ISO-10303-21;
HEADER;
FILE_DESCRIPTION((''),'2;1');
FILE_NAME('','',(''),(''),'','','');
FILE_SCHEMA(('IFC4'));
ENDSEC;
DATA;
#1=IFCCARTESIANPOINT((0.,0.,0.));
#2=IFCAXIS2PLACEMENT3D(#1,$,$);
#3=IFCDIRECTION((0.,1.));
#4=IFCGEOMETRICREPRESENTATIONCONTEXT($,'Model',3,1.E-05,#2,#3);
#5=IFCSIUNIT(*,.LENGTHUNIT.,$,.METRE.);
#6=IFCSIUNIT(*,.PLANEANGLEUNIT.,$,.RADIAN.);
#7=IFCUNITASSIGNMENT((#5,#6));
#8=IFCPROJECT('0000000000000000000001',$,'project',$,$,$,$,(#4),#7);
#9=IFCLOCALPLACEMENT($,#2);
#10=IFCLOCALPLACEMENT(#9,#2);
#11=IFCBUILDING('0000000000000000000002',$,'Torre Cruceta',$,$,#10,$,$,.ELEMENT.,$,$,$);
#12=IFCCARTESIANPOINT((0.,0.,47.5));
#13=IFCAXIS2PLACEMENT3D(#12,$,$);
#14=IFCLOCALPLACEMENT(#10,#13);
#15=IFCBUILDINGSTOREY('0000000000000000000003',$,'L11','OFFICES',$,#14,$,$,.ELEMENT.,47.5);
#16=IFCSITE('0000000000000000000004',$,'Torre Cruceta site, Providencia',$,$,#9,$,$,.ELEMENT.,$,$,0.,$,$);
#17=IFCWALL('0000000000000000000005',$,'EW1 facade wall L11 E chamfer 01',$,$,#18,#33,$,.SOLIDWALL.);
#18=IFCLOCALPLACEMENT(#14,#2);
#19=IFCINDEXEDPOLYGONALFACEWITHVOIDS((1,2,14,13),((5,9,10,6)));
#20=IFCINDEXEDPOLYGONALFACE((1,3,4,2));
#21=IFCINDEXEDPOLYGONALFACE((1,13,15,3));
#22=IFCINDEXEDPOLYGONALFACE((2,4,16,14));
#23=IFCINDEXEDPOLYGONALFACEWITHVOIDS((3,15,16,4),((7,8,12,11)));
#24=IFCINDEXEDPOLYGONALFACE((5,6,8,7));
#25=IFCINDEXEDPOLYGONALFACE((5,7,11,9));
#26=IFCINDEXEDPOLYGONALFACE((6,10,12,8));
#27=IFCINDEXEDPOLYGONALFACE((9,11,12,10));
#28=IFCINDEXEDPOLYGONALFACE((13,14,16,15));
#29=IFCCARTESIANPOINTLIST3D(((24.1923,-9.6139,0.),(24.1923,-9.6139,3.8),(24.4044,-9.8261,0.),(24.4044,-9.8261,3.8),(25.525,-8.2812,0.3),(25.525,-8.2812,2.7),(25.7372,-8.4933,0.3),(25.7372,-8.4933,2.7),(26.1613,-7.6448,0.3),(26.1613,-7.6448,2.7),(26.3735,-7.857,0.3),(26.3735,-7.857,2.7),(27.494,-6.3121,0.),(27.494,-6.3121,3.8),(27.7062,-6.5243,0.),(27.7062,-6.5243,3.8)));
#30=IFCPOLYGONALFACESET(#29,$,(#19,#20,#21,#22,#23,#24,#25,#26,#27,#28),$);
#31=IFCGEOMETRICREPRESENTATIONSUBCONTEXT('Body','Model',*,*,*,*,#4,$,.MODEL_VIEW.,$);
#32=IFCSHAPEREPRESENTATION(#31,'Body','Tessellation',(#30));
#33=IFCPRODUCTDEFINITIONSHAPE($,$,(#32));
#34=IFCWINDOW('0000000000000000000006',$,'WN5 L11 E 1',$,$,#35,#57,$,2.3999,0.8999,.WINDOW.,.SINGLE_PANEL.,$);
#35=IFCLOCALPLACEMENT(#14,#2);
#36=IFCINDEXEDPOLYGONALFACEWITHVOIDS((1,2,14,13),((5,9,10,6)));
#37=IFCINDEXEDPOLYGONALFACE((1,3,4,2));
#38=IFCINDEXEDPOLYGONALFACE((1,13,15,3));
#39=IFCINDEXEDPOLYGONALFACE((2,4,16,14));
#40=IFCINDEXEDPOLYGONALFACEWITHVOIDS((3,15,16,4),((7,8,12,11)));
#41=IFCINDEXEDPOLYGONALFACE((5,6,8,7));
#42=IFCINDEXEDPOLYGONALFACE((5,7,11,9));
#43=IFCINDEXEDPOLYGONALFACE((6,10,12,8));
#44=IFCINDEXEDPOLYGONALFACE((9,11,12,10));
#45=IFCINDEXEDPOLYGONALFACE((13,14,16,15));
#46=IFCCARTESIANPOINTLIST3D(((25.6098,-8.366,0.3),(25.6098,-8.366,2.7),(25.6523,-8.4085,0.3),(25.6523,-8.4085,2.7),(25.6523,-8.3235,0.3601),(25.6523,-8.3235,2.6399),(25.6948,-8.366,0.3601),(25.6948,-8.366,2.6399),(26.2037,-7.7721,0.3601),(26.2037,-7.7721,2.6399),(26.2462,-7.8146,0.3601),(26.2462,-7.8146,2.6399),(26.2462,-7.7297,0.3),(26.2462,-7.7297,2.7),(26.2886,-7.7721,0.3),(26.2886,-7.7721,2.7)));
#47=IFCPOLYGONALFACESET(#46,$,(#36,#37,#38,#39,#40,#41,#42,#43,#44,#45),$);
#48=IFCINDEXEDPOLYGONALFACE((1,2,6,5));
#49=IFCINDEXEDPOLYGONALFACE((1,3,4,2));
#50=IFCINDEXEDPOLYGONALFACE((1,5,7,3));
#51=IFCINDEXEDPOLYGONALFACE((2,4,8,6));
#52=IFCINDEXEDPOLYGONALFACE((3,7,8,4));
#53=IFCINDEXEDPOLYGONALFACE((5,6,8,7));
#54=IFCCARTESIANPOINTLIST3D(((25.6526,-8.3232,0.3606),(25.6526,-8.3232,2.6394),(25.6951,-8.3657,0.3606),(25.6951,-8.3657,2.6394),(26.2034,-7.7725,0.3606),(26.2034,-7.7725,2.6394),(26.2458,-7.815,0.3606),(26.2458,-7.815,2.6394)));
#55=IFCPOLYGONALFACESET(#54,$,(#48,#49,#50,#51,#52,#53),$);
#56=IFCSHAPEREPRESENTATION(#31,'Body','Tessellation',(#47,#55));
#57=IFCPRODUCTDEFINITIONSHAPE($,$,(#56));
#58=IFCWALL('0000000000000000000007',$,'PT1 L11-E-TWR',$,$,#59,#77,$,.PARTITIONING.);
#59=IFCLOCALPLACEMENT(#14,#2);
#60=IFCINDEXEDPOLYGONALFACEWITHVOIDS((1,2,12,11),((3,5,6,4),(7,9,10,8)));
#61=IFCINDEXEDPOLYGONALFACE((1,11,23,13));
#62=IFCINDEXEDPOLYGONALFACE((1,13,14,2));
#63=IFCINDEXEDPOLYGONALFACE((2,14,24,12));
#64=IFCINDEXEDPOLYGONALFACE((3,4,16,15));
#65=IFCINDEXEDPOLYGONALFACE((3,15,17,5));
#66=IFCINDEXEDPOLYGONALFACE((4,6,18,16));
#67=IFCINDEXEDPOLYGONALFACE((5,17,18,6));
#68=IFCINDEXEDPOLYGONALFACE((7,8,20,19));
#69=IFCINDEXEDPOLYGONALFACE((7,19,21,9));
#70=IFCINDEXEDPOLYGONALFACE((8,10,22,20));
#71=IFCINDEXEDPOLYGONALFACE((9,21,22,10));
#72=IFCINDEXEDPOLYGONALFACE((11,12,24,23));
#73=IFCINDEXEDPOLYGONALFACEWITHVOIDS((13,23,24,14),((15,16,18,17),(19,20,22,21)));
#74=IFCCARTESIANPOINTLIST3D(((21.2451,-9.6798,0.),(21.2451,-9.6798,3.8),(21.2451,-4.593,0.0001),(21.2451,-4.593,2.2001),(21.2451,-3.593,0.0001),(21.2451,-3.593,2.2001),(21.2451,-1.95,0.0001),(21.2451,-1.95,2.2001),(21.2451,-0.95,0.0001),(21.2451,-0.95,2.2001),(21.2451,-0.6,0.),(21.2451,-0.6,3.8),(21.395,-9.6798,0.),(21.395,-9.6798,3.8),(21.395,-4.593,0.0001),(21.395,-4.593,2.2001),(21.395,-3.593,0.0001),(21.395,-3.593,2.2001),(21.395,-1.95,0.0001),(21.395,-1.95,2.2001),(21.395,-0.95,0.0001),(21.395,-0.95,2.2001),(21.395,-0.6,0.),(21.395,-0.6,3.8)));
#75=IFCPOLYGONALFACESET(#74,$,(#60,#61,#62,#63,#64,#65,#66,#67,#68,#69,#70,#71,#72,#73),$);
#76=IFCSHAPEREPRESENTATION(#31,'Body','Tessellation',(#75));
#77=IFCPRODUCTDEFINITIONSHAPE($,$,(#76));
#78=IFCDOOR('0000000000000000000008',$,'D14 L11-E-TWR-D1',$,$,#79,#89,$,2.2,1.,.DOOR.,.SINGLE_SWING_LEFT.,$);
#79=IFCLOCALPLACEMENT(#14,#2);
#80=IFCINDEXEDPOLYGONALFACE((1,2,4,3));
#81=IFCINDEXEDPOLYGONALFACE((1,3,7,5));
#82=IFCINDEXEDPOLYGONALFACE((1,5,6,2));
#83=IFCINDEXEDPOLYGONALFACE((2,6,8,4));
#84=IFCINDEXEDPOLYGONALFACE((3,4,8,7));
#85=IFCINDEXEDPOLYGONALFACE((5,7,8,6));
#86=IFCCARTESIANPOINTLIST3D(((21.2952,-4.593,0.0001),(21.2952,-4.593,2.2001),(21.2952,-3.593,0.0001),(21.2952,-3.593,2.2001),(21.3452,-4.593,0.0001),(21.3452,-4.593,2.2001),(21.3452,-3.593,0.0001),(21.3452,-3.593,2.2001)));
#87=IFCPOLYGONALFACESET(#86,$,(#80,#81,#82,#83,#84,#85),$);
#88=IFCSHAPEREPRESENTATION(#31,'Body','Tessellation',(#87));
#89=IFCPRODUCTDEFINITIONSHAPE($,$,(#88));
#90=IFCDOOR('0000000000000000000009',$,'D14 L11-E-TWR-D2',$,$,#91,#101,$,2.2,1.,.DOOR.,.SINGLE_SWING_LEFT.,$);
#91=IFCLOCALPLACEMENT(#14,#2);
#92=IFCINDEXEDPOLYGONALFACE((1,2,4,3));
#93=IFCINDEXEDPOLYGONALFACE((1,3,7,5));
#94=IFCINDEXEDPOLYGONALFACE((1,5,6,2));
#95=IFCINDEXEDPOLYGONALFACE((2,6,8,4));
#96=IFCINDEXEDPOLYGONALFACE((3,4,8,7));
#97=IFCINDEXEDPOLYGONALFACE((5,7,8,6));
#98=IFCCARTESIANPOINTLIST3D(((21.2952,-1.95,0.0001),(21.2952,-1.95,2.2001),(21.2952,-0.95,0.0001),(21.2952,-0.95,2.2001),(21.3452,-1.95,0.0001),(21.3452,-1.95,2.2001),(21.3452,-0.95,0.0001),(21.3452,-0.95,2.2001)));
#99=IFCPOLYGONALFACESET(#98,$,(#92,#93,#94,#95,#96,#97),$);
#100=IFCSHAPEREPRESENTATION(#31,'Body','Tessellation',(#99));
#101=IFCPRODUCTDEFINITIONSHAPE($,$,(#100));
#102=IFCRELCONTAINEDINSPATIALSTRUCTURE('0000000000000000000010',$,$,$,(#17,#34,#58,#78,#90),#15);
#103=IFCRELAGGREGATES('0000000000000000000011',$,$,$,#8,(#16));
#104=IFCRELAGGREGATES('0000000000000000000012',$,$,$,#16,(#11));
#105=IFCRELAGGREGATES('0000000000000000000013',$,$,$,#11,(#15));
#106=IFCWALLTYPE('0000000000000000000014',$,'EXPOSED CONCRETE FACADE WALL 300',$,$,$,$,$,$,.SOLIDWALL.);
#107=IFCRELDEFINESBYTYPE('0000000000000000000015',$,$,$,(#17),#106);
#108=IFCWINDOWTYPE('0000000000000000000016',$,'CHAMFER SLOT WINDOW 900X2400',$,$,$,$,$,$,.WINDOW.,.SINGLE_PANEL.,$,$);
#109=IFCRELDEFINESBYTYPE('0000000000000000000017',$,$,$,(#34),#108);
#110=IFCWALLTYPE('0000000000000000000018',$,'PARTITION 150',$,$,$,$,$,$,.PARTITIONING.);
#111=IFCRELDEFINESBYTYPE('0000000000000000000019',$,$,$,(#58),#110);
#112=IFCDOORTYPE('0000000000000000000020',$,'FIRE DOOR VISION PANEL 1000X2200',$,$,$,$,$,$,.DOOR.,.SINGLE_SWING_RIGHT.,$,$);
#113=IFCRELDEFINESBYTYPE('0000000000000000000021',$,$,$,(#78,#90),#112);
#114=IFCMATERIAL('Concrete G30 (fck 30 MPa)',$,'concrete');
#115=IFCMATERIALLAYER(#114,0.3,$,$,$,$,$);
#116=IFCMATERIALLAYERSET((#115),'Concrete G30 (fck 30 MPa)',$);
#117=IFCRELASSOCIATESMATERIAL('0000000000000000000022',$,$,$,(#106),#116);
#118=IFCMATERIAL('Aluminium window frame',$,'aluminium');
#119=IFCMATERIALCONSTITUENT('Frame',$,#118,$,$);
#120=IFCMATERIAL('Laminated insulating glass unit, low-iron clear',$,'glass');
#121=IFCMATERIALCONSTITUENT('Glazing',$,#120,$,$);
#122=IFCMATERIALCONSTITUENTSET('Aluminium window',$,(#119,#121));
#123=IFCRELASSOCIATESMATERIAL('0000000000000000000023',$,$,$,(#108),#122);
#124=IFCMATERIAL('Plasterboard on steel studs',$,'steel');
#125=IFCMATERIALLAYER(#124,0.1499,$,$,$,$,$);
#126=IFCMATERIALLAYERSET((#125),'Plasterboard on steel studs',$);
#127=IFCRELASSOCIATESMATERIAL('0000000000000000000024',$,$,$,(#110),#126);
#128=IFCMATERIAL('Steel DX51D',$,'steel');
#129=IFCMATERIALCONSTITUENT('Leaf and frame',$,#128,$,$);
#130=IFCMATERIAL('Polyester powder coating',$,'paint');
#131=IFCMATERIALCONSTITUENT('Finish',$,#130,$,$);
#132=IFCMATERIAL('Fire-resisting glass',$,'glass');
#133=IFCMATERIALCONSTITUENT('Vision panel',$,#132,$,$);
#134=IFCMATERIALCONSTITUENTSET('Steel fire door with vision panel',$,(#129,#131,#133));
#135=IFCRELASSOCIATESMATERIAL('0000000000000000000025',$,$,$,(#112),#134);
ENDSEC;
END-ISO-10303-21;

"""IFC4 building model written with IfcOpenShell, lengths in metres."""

from ifc_helpers import new_model, si_unit, direction, frame, frame_2d, origin, place, context, subcontext, project, spatial, rectangle, hollow_rectangle, extrude, material, layer, layer_set, constituent, constituent_set, type_object, element, fill, save


model = new_model("IFC4")

# Units and contexts
model_context = context("Model", 3, precision=1e-05, world=origin(), true_north=direction((0.0, 1.0)))
body_context = subcontext(model_context, "Body", "Model", "MODEL_VIEW")
ifc_project = project(units=[si_unit("LENGTHUNIT", "METRE"), si_unit("PLANEANGLEUNIT", "RADIAN")], contexts=[model_context])

# Site, building, storey
site_placement = place(None, origin())
site = spatial("IfcSite", under=ifc_project, at=site_placement, Name="Torre Cruceta site, Providencia", CompositionType="ELEMENT", RefElevation=0.0)
building_placement = place(site_placement, origin())
building = spatial("IfcBuilding", under=site, at=building_placement, Name="Torre Cruceta", CompositionType="ELEMENT")
storey_placement = place(building_placement, frame((0.0, 0.0, 47.5)))
storey = spatial("IfcBuildingStorey", under=building, at=storey_placement, Name="L11", Description="OFFICES", CompositionType="ELEMENT", Elevation=47.5)

# Wall, opening, window
ifc_material_1 = material(Name="Concrete G30 (fck 30 MPa)", Category="concrete")
ifc_layer_1 = layer(ifc_material_1, 0.3)
ifc_layer_set_1 = layer_set([ifc_layer_1], Name="Concrete G30 (fck 30 MPa)")
wall_type_1 = type_object("IfcWallType", Name="EXPOSED CONCRETE FACADE WALL 300", PredefinedType="SOLIDWALL", material=ifc_layer_set_1)
wall_1_placement = place(storey_placement, frame((24.2983, -9.72, 0.0), z_axis=(0.0, 0.0, 1.0), x_axis=(0.707107, 0.707107, 0.0)))
wall_1 = element("IfcWall", 1, at=wall_1_placement, inside=storey, type_object=wall_type_1, Name="EW1 facade wall L11 E chamfer 01", PredefinedType="SOLIDWALL", context=body_context, shape_type="SweptSolid", body=[
    extrude(rectangle(XDim=4.6694, YDim=0.3, at=frame_2d((2.3347, 0.0))), origin(), (0.0, 0.0, 1.0), 3.8),
])
opening_1_placement = place(wall_1_placement, frame((1.8848, 0.0, 0.3)))
opening_1 = element("IfcOpeningElement", 2, at=opening_1_placement, cuts=wall_1, PredefinedType="OPENING", context=body_context, shape_type="SweptSolid", body=[
    extrude(rectangle(XDim=0.8999, YDim=2.3999, at=frame_2d((0.45, 1.2))), frame((0.0, 0.1599, 0.0), z_axis=(0.0, -1.0, 0.0), x_axis=(1.0, 0.0, 0.0)), (0.0, 0.0, 1.0), 0.3201),
])
ifc_material_2 = material(Name="Aluminium window frame", Category="aluminium")
ifc_constituent_1 = constituent(ifc_material_2, Name="Frame")
ifc_material_3 = material(Name="Laminated insulating glass unit, low-iron clear", Category="glass")
ifc_constituent_2 = constituent(ifc_material_3, Name="Glazing")
ifc_constituent_set_1 = constituent_set(constituents=[ifc_constituent_1, ifc_constituent_2], Name="Aluminium window")
window_type = type_object("IfcWindowType", Name="CHAMFER SLOT WINDOW 900X2400", PartitioningType="SINGLE_PANEL", PredefinedType="WINDOW", material=ifc_constituent_set_1)
window_placement = place(opening_1_placement, origin())
window = element("IfcWindow", 3, at=window_placement, inside=storey, type_object=window_type, Name="WN5 L11 E 1", OverallHeight=2.3999, OverallWidth=0.8999, PartitioningType="SINGLE_PANEL", PredefinedType="WINDOW", context=body_context, shape_type="SweptSolid", body=[
    extrude(hollow_rectangle(XDim=0.8999, YDim=2.3999, WallThickness=0.0601, at=frame_2d((0.45, 1.2))), frame((0.0, 0.03, 0.0), z_axis=(0.0, -1.0, 0.0), x_axis=(1.0, 0.0, 0.0)), (0.0, 0.0, 1.0), 0.0601),
    extrude(rectangle(XDim=0.7788, YDim=2.2788, at=frame_2d((0.45, 1.2))), frame((0.0, 0.03, 0.0), z_axis=(0.0, -1.0, 0.0), x_axis=(1.0, 0.0, 0.0)), (0.0, 0.0, 1.0), 0.0601),
])
fill(opening_1, window)

# Wall, openings, doors
ifc_material_4 = material(Name="Plasterboard on steel studs", Category="steel")
ifc_layer_2 = layer(ifc_material_4, 0.1499)
ifc_layer_set_2 = layer_set([ifc_layer_2], Name="Plasterboard on steel studs")
wall_type_2 = type_object("IfcWallType", Name="PARTITION 150", PredefinedType="PARTITIONING", material=ifc_layer_set_2)
wall_2_placement = place(storey_placement, frame((21.3201, -9.6799, 0.0), z_axis=(0.0, 0.0, 1.0), x_axis=(0.0, 1.0, 0.0)))
wall_2 = element("IfcWall", 4, at=wall_2_placement, inside=storey, type_object=wall_type_2, Name="PT1 L11-E-TWR", PredefinedType="PARTITIONING", context=body_context, shape_type="SweptSolid", body=[
    extrude(rectangle(XDim=9.0798, YDim=0.1499, at=frame_2d((4.54, 0.0))), origin(), (0.0, 0.0, 1.0), 3.8),
])
opening_2_placement = place(wall_2_placement, frame((5.0869, 0.0, 0.0)))
opening_2 = element("IfcOpeningElement", 5, at=opening_2_placement, cuts=wall_2, PredefinedType="OPENING", context=body_context, shape_type="SweptSolid", body=[
    extrude(rectangle(XDim=1.0, YDim=2.2, at=frame_2d((0.5, 1.1001))), frame((0.0, 0.085, 0.0), z_axis=(0.0, -1.0, 0.0), x_axis=(1.0, 0.0, 0.0)), (0.0, 0.0, 1.0), 0.1699),
])
opening_3_placement = place(wall_2_placement, frame((7.73, 0.0, 0.0)))
opening_3 = element("IfcOpeningElement", 6, at=opening_3_placement, cuts=wall_2, PredefinedType="OPENING", context=body_context, shape_type="SweptSolid", body=[
    extrude(rectangle(XDim=1.0, YDim=2.2, at=frame_2d((0.5, 1.1001))), frame((0.0, 0.085, 0.0), z_axis=(0.0, -1.0, 0.0), x_axis=(1.0, 0.0, 0.0)), (0.0, 0.0, 1.0), 0.1699),
])
ifc_material_5 = material(Name="Steel DX51D", Category="steel")
ifc_constituent_3 = constituent(ifc_material_5, Name="Leaf and frame")
ifc_material_6 = material(Name="Polyester powder coating", Category="paint")
ifc_constituent_4 = constituent(ifc_material_6, Name="Finish")
ifc_material_7 = material(Name="Fire-resisting glass", Category="glass")
ifc_constituent_5 = constituent(ifc_material_7, Name="Vision panel")
ifc_constituent_set_2 = constituent_set(constituents=[ifc_constituent_3, ifc_constituent_4, ifc_constituent_5], Name="Steel fire door with vision panel")
door_type = type_object("IfcDoorType", Name="FIRE DOOR VISION PANEL 1000X2200", OperationType="SINGLE_SWING_RIGHT", PredefinedType="DOOR", material=ifc_constituent_set_2)
door_1_placement = place(opening_2_placement, frame((1.0, 0.0, 0.0), z_axis=(0.0, 0.0, 1.0), x_axis=(-1.0, 0.0, 0.0)))
door_1 = element("IfcDoor", 7, at=door_1_placement, inside=storey, type_object=door_type, Name="D14 L11-E-TWR-D1", OperationType="SINGLE_SWING_LEFT", OverallHeight=2.2, OverallWidth=1.0, PredefinedType="DOOR", context=body_context, shape_type="SweptSolid", body=[
    extrude(rectangle(XDim=1.0, YDim=2.2, at=frame_2d((0.5, 1.1001))), frame((0.0, 0.0251, 0.0), z_axis=(0.0, -1.0, 0.0), x_axis=(1.0, 0.0, 0.0)), (0.0, 0.0, 1.0), 0.05),
])
fill(opening_2, door_1)
door_2_placement = place(opening_3_placement, frame((1.0, 0.0, 0.0), z_axis=(0.0, 0.0, 1.0), x_axis=(-1.0, 0.0, 0.0)))
door_2 = element("IfcDoor", 8, at=door_2_placement, inside=storey, type_object=door_type, Name="D14 L11-E-TWR-D2", OperationType="SINGLE_SWING_LEFT", OverallHeight=2.2, OverallWidth=1.0, PredefinedType="DOOR", context=body_context, shape_type="SweptSolid", body=[
    extrude(rectangle(XDim=1.0, YDim=2.2, at=frame_2d((0.5, 1.1001))), frame((0.0, 0.0251, 0.0), z_axis=(0.0, -1.0, 0.0), x_axis=(1.0, 0.0, 0.0)), (0.0, 0.0, 1.0), 0.05),
])
fill(opening_3, door_2)

save(model, "model.ifc")
